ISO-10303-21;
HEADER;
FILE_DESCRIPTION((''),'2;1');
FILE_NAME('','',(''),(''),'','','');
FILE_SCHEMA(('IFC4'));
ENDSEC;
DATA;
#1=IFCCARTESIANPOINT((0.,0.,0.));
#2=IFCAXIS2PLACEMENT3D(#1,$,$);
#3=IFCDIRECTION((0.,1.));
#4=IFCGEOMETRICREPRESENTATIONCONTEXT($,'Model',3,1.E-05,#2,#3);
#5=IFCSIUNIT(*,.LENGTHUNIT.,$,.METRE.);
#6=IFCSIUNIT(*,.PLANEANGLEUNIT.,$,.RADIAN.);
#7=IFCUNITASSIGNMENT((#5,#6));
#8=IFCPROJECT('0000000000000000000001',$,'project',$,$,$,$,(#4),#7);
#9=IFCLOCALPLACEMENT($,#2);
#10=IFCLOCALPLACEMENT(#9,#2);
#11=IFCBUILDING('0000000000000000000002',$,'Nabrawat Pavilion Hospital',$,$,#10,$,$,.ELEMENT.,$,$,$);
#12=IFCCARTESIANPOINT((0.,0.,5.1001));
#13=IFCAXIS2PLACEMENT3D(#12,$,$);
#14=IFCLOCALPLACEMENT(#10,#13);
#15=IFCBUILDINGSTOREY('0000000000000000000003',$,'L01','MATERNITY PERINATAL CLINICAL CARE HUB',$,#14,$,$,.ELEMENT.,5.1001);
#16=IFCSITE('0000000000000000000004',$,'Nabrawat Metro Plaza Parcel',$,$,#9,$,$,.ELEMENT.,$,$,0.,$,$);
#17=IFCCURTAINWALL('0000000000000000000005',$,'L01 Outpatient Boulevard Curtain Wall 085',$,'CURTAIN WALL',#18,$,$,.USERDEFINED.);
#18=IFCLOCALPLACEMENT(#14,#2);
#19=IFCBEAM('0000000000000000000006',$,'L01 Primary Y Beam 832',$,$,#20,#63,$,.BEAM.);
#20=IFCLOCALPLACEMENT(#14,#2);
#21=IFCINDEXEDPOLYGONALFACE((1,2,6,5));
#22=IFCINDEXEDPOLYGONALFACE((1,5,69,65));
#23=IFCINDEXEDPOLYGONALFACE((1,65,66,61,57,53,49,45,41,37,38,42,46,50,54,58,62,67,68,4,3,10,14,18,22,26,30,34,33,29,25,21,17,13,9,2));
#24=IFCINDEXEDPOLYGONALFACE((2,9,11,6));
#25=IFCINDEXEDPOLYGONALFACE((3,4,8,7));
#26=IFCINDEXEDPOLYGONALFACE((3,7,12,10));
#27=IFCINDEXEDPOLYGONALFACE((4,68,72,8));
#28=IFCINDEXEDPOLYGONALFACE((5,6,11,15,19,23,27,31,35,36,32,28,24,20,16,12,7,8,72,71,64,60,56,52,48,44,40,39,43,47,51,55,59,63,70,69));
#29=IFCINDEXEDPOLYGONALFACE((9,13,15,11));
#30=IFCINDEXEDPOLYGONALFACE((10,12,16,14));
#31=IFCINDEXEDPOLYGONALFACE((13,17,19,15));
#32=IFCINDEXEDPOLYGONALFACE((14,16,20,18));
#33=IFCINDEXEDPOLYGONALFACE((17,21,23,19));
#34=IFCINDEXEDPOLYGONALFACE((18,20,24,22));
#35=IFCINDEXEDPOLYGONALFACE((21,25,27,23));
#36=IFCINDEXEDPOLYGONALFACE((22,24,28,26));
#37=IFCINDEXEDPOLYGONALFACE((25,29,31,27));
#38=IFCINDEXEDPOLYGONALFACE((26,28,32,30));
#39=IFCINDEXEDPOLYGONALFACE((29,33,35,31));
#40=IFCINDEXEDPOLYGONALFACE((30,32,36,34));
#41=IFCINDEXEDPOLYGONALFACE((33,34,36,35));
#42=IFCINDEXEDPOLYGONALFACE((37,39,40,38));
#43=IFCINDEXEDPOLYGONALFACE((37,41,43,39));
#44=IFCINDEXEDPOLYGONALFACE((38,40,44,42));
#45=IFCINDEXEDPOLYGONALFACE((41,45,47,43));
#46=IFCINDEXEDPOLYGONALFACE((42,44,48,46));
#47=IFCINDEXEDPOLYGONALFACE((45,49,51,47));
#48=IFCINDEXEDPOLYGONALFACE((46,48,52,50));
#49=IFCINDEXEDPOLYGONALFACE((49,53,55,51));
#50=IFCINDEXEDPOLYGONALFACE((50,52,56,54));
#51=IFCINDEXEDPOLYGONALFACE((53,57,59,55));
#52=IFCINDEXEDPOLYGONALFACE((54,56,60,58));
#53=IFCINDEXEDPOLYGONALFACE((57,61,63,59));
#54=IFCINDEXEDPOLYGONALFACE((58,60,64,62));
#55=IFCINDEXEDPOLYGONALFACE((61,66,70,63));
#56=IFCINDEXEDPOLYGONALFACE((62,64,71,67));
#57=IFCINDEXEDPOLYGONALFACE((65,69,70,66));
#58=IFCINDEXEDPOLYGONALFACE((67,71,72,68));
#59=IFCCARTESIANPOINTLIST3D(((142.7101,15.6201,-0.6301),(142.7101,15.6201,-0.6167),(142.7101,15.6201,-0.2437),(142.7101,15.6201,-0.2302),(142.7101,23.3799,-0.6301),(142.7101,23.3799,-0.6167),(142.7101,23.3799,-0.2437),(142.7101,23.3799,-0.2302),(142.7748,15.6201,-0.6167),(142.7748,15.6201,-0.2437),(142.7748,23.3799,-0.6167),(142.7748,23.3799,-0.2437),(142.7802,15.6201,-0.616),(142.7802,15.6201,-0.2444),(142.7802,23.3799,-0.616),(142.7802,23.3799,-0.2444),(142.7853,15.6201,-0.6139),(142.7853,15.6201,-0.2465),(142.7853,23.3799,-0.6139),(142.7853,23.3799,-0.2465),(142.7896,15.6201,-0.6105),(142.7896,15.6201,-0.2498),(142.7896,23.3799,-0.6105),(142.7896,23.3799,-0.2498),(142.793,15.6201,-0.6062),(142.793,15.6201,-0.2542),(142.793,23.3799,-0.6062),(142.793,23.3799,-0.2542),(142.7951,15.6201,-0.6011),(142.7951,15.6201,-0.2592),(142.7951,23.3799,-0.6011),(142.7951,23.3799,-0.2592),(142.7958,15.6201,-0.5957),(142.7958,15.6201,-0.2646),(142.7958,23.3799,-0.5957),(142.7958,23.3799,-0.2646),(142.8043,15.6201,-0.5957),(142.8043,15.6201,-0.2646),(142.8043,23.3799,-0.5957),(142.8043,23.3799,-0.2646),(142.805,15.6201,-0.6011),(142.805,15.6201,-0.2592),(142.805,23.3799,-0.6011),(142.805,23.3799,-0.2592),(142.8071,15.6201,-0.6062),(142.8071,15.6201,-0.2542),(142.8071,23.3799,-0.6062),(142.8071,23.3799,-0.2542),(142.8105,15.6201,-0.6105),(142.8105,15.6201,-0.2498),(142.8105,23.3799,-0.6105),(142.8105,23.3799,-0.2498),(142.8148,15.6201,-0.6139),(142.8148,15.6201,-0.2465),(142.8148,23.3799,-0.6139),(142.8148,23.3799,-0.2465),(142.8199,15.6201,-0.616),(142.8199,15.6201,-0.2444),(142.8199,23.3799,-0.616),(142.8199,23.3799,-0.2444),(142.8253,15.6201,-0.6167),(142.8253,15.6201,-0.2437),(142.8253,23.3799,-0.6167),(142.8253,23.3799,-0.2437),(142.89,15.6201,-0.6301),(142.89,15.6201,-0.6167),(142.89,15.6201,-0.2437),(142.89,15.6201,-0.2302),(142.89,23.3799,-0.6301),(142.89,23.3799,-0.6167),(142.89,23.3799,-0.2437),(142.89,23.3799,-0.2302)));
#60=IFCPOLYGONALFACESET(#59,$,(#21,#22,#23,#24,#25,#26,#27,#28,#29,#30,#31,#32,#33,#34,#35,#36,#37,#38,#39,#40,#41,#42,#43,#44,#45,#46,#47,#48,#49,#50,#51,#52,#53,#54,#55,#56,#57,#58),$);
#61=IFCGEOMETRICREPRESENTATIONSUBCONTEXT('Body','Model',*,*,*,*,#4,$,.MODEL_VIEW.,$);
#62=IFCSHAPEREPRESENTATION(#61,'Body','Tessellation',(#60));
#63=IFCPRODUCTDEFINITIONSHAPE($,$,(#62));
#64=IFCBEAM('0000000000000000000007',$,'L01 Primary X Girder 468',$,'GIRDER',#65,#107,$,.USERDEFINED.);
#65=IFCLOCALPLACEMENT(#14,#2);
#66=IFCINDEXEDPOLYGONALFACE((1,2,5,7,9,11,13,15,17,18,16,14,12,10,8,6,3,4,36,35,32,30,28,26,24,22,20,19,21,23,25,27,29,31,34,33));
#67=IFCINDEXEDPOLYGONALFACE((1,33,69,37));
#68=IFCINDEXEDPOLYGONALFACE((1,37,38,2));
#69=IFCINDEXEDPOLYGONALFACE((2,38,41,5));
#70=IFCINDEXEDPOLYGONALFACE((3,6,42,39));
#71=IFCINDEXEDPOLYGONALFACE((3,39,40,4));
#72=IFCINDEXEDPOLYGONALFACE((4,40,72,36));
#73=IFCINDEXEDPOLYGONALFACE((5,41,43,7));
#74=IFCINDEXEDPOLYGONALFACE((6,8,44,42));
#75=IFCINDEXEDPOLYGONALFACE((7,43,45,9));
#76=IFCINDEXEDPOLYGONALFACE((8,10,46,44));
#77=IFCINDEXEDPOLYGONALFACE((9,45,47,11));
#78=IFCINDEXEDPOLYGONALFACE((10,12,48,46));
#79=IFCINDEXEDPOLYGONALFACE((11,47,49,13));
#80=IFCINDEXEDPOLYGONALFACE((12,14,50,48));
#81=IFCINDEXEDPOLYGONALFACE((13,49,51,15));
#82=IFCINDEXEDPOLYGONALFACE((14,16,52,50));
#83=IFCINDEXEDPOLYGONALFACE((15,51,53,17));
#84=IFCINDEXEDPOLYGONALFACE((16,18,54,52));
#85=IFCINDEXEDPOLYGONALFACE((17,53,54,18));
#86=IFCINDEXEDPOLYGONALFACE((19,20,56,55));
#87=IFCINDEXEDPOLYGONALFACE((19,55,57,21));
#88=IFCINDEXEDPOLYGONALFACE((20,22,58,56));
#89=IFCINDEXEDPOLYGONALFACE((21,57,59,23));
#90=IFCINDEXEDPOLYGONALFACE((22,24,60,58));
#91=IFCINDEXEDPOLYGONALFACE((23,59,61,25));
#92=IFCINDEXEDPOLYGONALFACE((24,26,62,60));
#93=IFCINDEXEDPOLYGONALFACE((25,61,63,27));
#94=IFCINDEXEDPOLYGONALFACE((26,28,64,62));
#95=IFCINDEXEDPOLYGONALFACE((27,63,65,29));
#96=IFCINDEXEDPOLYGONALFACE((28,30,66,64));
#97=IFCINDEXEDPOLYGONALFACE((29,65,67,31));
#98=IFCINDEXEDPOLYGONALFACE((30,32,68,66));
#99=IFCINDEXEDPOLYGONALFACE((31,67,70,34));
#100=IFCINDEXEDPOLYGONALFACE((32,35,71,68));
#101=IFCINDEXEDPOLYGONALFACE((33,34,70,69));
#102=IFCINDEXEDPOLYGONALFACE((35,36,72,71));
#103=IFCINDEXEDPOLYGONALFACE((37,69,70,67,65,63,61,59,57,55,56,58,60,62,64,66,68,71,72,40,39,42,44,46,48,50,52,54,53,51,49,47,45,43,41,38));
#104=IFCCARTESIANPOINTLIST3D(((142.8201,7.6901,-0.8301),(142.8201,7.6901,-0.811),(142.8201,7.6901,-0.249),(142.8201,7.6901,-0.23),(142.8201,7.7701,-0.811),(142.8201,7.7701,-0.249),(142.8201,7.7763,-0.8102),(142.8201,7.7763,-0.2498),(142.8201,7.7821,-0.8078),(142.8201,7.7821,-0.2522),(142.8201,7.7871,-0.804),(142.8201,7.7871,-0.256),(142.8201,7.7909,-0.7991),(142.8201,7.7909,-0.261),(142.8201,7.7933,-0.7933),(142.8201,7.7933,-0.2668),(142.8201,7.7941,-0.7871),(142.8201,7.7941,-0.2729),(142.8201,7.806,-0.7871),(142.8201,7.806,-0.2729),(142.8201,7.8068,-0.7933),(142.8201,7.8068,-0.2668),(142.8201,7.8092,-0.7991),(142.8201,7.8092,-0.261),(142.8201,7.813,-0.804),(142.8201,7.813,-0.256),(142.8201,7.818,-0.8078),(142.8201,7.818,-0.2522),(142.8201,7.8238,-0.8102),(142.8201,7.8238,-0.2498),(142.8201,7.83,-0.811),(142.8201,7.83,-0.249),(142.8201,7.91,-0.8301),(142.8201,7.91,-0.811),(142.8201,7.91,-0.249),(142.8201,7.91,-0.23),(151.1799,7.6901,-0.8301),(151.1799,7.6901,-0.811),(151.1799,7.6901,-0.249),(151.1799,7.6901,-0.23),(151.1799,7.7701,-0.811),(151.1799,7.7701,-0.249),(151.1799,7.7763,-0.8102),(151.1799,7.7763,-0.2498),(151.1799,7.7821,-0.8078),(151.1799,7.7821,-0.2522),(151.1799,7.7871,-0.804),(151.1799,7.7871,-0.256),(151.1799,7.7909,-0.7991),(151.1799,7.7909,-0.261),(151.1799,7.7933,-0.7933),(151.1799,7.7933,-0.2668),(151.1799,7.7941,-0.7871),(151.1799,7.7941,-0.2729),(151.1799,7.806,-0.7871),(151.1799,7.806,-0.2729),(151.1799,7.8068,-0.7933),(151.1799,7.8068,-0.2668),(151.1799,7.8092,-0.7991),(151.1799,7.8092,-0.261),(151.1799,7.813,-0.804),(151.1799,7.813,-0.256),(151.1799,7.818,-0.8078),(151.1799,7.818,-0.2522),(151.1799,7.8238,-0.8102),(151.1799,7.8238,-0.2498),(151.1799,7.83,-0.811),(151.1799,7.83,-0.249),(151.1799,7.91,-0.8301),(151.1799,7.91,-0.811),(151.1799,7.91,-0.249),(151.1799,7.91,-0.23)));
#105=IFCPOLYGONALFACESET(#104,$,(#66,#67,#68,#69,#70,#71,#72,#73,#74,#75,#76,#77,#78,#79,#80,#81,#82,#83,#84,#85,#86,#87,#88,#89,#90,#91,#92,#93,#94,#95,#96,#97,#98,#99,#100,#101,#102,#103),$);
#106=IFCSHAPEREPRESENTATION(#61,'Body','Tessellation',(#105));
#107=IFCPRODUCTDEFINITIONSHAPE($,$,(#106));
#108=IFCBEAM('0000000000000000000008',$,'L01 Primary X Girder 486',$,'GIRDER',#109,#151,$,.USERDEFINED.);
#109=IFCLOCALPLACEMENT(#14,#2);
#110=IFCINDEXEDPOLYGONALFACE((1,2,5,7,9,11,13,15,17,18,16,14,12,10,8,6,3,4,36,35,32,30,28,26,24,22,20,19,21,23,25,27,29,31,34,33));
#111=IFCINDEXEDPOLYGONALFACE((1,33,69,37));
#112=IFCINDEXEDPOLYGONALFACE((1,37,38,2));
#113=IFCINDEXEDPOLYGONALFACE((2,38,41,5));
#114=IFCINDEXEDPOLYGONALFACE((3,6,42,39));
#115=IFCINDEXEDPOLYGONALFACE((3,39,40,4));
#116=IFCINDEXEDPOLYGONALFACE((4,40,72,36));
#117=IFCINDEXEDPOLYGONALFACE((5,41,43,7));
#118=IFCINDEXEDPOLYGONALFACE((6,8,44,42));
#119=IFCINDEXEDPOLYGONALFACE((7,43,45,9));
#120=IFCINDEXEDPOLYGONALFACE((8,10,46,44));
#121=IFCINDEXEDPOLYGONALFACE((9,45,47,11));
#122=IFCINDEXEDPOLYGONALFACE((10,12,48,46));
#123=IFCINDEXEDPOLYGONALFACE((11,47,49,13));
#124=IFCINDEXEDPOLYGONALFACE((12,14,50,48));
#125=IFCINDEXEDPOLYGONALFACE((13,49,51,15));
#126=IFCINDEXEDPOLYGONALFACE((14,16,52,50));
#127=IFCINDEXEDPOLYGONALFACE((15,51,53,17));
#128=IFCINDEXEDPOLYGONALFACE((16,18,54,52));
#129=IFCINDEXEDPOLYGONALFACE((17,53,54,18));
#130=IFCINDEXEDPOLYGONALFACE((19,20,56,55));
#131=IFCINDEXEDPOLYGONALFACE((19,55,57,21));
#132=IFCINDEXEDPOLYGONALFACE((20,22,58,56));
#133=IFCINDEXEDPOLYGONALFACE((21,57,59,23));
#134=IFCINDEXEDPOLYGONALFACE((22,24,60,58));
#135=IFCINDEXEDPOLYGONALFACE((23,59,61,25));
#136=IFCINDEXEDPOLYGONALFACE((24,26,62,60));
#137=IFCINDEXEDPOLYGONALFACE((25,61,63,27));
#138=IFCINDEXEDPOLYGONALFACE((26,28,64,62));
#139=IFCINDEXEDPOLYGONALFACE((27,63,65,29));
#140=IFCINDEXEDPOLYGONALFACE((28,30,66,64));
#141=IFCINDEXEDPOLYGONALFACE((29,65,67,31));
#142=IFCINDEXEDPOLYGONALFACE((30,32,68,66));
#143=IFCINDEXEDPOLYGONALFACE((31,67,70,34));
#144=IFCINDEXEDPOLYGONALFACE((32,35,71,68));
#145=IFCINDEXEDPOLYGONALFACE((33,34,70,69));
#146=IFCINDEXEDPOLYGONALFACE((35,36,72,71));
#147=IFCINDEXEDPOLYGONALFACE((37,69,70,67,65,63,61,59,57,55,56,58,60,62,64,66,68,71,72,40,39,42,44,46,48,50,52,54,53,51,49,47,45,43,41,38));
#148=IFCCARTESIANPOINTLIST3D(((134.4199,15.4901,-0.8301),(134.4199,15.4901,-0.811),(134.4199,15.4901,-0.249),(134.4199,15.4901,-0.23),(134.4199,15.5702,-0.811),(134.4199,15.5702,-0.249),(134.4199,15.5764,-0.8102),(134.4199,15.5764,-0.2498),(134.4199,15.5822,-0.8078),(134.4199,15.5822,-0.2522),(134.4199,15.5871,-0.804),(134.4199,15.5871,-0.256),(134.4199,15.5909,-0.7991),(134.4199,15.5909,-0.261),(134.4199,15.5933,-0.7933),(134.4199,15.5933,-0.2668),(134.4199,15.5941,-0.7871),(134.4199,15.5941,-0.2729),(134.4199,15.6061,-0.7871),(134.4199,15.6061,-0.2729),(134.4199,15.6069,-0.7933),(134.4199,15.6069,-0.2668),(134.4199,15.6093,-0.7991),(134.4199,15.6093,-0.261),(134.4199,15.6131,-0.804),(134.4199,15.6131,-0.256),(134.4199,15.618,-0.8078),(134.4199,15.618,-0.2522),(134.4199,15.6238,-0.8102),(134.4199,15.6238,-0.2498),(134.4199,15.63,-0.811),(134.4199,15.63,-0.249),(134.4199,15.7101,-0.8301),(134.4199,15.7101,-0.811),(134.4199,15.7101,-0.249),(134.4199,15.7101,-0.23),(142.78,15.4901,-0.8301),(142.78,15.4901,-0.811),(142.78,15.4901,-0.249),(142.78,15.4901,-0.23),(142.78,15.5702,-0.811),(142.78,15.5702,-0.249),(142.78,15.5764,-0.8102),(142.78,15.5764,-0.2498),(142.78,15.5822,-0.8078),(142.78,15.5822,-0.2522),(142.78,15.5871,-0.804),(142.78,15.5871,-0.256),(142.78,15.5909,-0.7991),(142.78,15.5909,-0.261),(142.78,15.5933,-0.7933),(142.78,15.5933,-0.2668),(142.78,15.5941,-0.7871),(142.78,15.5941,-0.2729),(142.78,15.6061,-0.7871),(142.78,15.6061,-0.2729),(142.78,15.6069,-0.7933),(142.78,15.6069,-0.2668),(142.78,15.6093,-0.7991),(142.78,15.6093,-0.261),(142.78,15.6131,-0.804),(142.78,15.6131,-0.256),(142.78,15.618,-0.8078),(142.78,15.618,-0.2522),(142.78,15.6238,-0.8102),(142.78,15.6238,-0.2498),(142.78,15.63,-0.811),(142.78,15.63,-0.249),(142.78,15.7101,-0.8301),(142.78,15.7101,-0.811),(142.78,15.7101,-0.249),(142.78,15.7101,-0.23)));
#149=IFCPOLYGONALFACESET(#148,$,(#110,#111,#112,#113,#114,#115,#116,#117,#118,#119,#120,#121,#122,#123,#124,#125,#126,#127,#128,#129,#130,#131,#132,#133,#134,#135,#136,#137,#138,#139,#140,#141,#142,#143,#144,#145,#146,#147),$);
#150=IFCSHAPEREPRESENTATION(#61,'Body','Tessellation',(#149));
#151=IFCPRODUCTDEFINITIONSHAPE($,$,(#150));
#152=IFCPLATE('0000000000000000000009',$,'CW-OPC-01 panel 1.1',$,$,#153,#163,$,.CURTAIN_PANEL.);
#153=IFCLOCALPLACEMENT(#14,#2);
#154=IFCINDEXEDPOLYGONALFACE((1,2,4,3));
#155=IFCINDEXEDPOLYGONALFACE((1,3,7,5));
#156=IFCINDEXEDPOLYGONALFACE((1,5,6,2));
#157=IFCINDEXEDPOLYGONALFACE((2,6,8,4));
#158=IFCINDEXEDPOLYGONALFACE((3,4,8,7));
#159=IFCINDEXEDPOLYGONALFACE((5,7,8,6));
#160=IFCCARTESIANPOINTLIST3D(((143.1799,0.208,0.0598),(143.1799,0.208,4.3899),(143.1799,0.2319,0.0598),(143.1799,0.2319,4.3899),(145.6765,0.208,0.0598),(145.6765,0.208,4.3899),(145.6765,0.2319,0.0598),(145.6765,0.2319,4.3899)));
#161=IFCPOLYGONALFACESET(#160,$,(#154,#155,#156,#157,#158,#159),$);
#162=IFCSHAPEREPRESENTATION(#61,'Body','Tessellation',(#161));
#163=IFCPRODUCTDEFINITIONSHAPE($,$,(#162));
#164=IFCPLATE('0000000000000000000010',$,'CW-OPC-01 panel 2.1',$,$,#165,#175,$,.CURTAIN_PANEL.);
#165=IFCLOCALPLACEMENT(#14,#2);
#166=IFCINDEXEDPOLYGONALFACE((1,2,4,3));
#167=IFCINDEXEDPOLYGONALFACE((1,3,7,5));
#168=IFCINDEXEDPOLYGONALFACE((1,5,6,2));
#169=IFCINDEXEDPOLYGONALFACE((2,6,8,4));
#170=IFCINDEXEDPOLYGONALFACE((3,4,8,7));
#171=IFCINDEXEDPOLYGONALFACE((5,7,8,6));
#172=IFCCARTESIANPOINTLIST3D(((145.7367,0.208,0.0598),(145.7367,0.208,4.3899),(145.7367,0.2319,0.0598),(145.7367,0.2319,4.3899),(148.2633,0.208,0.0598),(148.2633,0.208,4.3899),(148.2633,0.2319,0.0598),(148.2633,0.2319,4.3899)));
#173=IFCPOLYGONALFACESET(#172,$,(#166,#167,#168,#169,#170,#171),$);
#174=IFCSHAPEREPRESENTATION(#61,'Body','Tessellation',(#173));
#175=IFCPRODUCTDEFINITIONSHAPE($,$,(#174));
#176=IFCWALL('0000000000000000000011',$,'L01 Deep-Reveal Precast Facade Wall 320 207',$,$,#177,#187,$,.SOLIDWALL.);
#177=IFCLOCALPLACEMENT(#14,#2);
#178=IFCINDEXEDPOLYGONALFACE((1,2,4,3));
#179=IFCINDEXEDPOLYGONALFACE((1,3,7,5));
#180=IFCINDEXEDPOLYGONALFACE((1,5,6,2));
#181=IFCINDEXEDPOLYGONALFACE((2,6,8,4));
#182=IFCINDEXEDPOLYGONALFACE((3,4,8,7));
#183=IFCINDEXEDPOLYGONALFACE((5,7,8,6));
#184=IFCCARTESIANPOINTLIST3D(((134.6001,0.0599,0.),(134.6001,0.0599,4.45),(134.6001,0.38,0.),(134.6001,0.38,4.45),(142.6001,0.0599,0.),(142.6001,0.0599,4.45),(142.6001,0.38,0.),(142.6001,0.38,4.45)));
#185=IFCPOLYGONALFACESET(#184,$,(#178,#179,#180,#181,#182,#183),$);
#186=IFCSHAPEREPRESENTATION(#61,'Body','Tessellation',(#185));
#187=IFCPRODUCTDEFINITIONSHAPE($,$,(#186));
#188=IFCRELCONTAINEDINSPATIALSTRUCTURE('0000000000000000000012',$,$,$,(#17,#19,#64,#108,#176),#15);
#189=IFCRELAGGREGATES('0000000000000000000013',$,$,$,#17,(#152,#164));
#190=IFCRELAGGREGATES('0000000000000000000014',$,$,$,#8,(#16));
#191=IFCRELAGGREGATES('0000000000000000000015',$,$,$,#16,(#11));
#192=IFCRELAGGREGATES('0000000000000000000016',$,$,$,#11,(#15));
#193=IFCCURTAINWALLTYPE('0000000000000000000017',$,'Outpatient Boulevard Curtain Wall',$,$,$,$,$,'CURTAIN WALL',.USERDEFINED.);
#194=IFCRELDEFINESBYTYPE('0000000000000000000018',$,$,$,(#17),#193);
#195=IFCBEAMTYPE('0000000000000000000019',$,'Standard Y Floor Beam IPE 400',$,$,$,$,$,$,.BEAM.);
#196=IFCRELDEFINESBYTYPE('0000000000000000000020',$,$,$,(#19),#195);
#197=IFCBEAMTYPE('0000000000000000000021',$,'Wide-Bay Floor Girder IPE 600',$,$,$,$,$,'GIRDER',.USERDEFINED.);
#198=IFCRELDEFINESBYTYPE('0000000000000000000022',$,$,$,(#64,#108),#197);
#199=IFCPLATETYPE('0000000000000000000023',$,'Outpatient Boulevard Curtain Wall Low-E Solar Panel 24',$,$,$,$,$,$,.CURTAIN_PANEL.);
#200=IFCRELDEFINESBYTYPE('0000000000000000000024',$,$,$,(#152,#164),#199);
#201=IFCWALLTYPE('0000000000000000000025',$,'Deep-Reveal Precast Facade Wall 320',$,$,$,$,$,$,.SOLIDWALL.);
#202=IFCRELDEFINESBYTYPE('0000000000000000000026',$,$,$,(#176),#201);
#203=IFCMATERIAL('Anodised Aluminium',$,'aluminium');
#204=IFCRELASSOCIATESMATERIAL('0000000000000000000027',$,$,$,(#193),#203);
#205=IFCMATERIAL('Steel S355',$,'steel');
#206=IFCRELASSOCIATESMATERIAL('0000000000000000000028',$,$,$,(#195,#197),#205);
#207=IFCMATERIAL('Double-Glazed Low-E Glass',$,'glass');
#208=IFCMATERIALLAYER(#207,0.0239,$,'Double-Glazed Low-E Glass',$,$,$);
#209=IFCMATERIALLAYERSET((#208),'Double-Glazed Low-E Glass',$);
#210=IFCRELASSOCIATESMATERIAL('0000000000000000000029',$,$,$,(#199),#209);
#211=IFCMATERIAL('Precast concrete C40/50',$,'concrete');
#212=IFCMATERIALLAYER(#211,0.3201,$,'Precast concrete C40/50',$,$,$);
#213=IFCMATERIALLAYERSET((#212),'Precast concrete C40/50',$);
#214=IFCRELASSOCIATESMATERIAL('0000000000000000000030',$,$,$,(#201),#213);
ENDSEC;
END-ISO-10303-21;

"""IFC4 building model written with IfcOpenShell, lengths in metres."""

from ifc_helpers import new_model, si_unit, direction, frame, frame_2d, origin, origin_2d, place, context, subcontext, project, spatial, rectangle, i_section, extrude, material, layer, layer_set, material_profile, profile_set, type_object, element, aggregate, save


model = new_model("IFC4")

# Units and contexts
model_context = context("Model", 3, precision=1e-05, world=origin(), true_north=direction((0.0, 1.0)))
body_context = subcontext(model_context, "Body", "Model", "MODEL_VIEW")
ifc_project = project(units=[si_unit("LENGTHUNIT", "METRE"), si_unit("PLANEANGLEUNIT", "RADIAN")], contexts=[model_context])

# Site, building, storey
site_placement = place(None, origin())
site = spatial("IfcSite", under=ifc_project, at=site_placement, Name="Nabrawat Metro Plaza Parcel", CompositionType="ELEMENT", RefElevation=0.0)
building_placement = place(site_placement, origin())
building = spatial("IfcBuilding", under=site, at=building_placement, Name="Nabrawat Pavilion Hospital", CompositionType="ELEMENT")
storey_placement = place(building_placement, frame((0.0, 0.0, 5.1001)))
storey = spatial("IfcBuildingStorey", under=building, at=storey_placement, Name="L01", Description="MATERNITY PERINATAL CLINICAL CARE HUB", CompositionType="ELEMENT", Elevation=5.1001)

# Shared definitions
ifc_material_1 = material(Name="Steel S355", Category="steel")

# Curtain wall
ifc_material_2 = material(Name="Anodised Aluminium", Category="aluminium")
curtain_wall_type = type_object("IfcCurtainWallType", Name="Outpatient Boulevard Curtain Wall", ElementType="CURTAIN WALL", PredefinedType="USERDEFINED", material=ifc_material_2)
curtain_wall_placement = place(storey_placement, origin())
curtain_wall = element("IfcCurtainWall", 1, at=curtain_wall_placement, inside=storey, type_object=curtain_wall_type, Name="L01 Outpatient Boulevard Curtain Wall 085", ObjectType="CURTAIN WALL", PredefinedType="USERDEFINED")

# Beams
ifc_material_profile_1 = material_profile(ifc_material_1, i_section(OverallWidth=0.1799, OverallDepth=0.3999, WebThickness=0.0085, FlangeThickness=0.0134, FilletRadius=0.021, at=origin_2d()), Name="IPE 400")
ifc_profile_set_1 = profile_set([ifc_material_profile_1], Name="Steel S355")
beam_type_1 = type_object("IfcBeamType", Name="Standard Y Floor Beam IPE 400", PredefinedType="BEAM", material=ifc_profile_set_1)
beam_1_placement = place(storey_placement, frame((142.8, 15.6201, -0.4302), z_axis=(0.0, 1.0, 0.0), x_axis=(-1.0, 0.0, 0.0)))
element("IfcBeam", 2, at=beam_1_placement, inside=storey, type_object=beam_type_1, Name="L01 Primary Y Beam 832", PredefinedType="BEAM", context=body_context, shape_type="SweptSolid", body=[
    extrude(i_section(OverallWidth=0.1799, OverallDepth=0.3999, WebThickness=0.0085, FlangeThickness=0.0134, FilletRadius=0.021, at=origin_2d()), origin(), (0.0, 0.0, 1.0), 7.7598),
])
ifc_material_profile_2 = material_profile(ifc_material_1, i_section(OverallWidth=0.22, OverallDepth=0.6001, WebThickness=0.012, FlangeThickness=0.019, FilletRadius=0.0239, at=origin_2d()), Name="IPE 600")
ifc_profile_set_2 = profile_set([ifc_material_profile_2], Name="Steel S355")
beam_type_2 = type_object("IfcBeamType", Name="Wide-Bay Floor Girder IPE 600", ElementType="GIRDER", PredefinedType="USERDEFINED", material=ifc_profile_set_2)
beam_2_placement = place(storey_placement, frame((142.8201, 7.8, -0.53), z_axis=(1.0, 0.0, 0.0), x_axis=(0.0, 1.0, 0.0)))
element("IfcBeam", 3, at=beam_2_placement, inside=storey, type_object=beam_type_2, Name="L01 Primary X Girder 468", ObjectType="GIRDER", PredefinedType="USERDEFINED", context=body_context, shape_type="SweptSolid", body=[
    extrude(i_section(OverallWidth=0.22, OverallDepth=0.6001, WebThickness=0.012, FlangeThickness=0.019, FilletRadius=0.0239, at=origin_2d()), origin(), (0.0, 0.0, 1.0), 8.3599),
])
beam_3_placement = place(storey_placement, frame((134.4199, 15.6001, -0.53), z_axis=(1.0, 0.0, 0.0), x_axis=(0.0, 1.0, 0.0)))
element("IfcBeam", 4, at=beam_3_placement, inside=storey, type_object=beam_type_2, Name="L01 Primary X Girder 486", ObjectType="GIRDER", PredefinedType="USERDEFINED", context=body_context, shape_type="SweptSolid", body=[
    extrude(i_section(OverallWidth=0.22, OverallDepth=0.6001, WebThickness=0.012, FlangeThickness=0.019, FilletRadius=0.0239, at=origin_2d()), origin(), (0.0, 0.0, 1.0), 8.3601),
])

# Plates
ifc_material_3 = material(Name="Double-Glazed Low-E Glass", Category="glass")
ifc_layer_1 = layer(ifc_material_3, 0.0239, Name="Double-Glazed Low-E Glass")
ifc_layer_set_1 = layer_set([ifc_layer_1], Name="Double-Glazed Low-E Glass")
plate_type = type_object("IfcPlateType", Name="Outpatient Boulevard Curtain Wall Low-E Solar Panel 24", PredefinedType="CURTAIN_PANEL", material=ifc_layer_set_1)
plate_1_placement = place(storey_placement, frame((144.4282, 0.22, 0.0598), z_axis=(0.0, 0.0, 1.0), x_axis=(1.0, 0.0, 0.0)))
plate_1 = element("IfcPlate", 5, at=plate_1_placement, type_object=plate_type, Name="CW-OPC-01 panel 1.1", PredefinedType="CURTAIN_PANEL", context=body_context, shape_type="SweptSolid", body=[
    extrude(rectangle(XDim=2.4966, YDim=0.0239, at=origin_2d()), origin(), (0.0, 0.0, 1.0), 4.3301),
])
plate_2_placement = place(storey_placement, frame((147.0, 0.22, 0.0598), z_axis=(0.0, 0.0, 1.0), x_axis=(1.0, 0.0, 0.0)))
plate_2 = element("IfcPlate", 6, at=plate_2_placement, type_object=plate_type, Name="CW-OPC-01 panel 2.1", PredefinedType="CURTAIN_PANEL", context=body_context, shape_type="SweptSolid", body=[
    extrude(rectangle(XDim=2.5266, YDim=0.0239, at=origin_2d()), origin(), (0.0, 0.0, 1.0), 4.3301),
])
aggregate(curtain_wall, [plate_1, plate_2])

# Wall
ifc_material_4 = material(Name="Precast concrete C40/50", Category="concrete")
ifc_layer_2 = layer(ifc_material_4, 0.3201, Name="Precast concrete C40/50")
ifc_layer_set_2 = layer_set([ifc_layer_2], Name="Precast concrete C40/50")
wall_type_1 = type_object("IfcWallType", Name="Deep-Reveal Precast Facade Wall 320", PredefinedType="SOLIDWALL", material=ifc_layer_set_2)
wall_1_placement = place(storey_placement, frame((134.6001, 0.22, 0.0), z_axis=(0.0, 0.0, 1.0), x_axis=(1.0, 0.0, 0.0)))
element("IfcWall", 7, at=wall_1_placement, inside=storey, type_object=wall_type_1, Name="L01 Deep-Reveal Precast Facade Wall 320 207", PredefinedType="SOLIDWALL", context=body_context, shape_type="SweptSolid", body=[
    extrude(rectangle(XDim=8.0, YDim=0.3201, at=frame_2d((4.0, 0.0))), origin(), (0.0, 0.0, 1.0), 4.45),
])

save(model, "model.ifc")
